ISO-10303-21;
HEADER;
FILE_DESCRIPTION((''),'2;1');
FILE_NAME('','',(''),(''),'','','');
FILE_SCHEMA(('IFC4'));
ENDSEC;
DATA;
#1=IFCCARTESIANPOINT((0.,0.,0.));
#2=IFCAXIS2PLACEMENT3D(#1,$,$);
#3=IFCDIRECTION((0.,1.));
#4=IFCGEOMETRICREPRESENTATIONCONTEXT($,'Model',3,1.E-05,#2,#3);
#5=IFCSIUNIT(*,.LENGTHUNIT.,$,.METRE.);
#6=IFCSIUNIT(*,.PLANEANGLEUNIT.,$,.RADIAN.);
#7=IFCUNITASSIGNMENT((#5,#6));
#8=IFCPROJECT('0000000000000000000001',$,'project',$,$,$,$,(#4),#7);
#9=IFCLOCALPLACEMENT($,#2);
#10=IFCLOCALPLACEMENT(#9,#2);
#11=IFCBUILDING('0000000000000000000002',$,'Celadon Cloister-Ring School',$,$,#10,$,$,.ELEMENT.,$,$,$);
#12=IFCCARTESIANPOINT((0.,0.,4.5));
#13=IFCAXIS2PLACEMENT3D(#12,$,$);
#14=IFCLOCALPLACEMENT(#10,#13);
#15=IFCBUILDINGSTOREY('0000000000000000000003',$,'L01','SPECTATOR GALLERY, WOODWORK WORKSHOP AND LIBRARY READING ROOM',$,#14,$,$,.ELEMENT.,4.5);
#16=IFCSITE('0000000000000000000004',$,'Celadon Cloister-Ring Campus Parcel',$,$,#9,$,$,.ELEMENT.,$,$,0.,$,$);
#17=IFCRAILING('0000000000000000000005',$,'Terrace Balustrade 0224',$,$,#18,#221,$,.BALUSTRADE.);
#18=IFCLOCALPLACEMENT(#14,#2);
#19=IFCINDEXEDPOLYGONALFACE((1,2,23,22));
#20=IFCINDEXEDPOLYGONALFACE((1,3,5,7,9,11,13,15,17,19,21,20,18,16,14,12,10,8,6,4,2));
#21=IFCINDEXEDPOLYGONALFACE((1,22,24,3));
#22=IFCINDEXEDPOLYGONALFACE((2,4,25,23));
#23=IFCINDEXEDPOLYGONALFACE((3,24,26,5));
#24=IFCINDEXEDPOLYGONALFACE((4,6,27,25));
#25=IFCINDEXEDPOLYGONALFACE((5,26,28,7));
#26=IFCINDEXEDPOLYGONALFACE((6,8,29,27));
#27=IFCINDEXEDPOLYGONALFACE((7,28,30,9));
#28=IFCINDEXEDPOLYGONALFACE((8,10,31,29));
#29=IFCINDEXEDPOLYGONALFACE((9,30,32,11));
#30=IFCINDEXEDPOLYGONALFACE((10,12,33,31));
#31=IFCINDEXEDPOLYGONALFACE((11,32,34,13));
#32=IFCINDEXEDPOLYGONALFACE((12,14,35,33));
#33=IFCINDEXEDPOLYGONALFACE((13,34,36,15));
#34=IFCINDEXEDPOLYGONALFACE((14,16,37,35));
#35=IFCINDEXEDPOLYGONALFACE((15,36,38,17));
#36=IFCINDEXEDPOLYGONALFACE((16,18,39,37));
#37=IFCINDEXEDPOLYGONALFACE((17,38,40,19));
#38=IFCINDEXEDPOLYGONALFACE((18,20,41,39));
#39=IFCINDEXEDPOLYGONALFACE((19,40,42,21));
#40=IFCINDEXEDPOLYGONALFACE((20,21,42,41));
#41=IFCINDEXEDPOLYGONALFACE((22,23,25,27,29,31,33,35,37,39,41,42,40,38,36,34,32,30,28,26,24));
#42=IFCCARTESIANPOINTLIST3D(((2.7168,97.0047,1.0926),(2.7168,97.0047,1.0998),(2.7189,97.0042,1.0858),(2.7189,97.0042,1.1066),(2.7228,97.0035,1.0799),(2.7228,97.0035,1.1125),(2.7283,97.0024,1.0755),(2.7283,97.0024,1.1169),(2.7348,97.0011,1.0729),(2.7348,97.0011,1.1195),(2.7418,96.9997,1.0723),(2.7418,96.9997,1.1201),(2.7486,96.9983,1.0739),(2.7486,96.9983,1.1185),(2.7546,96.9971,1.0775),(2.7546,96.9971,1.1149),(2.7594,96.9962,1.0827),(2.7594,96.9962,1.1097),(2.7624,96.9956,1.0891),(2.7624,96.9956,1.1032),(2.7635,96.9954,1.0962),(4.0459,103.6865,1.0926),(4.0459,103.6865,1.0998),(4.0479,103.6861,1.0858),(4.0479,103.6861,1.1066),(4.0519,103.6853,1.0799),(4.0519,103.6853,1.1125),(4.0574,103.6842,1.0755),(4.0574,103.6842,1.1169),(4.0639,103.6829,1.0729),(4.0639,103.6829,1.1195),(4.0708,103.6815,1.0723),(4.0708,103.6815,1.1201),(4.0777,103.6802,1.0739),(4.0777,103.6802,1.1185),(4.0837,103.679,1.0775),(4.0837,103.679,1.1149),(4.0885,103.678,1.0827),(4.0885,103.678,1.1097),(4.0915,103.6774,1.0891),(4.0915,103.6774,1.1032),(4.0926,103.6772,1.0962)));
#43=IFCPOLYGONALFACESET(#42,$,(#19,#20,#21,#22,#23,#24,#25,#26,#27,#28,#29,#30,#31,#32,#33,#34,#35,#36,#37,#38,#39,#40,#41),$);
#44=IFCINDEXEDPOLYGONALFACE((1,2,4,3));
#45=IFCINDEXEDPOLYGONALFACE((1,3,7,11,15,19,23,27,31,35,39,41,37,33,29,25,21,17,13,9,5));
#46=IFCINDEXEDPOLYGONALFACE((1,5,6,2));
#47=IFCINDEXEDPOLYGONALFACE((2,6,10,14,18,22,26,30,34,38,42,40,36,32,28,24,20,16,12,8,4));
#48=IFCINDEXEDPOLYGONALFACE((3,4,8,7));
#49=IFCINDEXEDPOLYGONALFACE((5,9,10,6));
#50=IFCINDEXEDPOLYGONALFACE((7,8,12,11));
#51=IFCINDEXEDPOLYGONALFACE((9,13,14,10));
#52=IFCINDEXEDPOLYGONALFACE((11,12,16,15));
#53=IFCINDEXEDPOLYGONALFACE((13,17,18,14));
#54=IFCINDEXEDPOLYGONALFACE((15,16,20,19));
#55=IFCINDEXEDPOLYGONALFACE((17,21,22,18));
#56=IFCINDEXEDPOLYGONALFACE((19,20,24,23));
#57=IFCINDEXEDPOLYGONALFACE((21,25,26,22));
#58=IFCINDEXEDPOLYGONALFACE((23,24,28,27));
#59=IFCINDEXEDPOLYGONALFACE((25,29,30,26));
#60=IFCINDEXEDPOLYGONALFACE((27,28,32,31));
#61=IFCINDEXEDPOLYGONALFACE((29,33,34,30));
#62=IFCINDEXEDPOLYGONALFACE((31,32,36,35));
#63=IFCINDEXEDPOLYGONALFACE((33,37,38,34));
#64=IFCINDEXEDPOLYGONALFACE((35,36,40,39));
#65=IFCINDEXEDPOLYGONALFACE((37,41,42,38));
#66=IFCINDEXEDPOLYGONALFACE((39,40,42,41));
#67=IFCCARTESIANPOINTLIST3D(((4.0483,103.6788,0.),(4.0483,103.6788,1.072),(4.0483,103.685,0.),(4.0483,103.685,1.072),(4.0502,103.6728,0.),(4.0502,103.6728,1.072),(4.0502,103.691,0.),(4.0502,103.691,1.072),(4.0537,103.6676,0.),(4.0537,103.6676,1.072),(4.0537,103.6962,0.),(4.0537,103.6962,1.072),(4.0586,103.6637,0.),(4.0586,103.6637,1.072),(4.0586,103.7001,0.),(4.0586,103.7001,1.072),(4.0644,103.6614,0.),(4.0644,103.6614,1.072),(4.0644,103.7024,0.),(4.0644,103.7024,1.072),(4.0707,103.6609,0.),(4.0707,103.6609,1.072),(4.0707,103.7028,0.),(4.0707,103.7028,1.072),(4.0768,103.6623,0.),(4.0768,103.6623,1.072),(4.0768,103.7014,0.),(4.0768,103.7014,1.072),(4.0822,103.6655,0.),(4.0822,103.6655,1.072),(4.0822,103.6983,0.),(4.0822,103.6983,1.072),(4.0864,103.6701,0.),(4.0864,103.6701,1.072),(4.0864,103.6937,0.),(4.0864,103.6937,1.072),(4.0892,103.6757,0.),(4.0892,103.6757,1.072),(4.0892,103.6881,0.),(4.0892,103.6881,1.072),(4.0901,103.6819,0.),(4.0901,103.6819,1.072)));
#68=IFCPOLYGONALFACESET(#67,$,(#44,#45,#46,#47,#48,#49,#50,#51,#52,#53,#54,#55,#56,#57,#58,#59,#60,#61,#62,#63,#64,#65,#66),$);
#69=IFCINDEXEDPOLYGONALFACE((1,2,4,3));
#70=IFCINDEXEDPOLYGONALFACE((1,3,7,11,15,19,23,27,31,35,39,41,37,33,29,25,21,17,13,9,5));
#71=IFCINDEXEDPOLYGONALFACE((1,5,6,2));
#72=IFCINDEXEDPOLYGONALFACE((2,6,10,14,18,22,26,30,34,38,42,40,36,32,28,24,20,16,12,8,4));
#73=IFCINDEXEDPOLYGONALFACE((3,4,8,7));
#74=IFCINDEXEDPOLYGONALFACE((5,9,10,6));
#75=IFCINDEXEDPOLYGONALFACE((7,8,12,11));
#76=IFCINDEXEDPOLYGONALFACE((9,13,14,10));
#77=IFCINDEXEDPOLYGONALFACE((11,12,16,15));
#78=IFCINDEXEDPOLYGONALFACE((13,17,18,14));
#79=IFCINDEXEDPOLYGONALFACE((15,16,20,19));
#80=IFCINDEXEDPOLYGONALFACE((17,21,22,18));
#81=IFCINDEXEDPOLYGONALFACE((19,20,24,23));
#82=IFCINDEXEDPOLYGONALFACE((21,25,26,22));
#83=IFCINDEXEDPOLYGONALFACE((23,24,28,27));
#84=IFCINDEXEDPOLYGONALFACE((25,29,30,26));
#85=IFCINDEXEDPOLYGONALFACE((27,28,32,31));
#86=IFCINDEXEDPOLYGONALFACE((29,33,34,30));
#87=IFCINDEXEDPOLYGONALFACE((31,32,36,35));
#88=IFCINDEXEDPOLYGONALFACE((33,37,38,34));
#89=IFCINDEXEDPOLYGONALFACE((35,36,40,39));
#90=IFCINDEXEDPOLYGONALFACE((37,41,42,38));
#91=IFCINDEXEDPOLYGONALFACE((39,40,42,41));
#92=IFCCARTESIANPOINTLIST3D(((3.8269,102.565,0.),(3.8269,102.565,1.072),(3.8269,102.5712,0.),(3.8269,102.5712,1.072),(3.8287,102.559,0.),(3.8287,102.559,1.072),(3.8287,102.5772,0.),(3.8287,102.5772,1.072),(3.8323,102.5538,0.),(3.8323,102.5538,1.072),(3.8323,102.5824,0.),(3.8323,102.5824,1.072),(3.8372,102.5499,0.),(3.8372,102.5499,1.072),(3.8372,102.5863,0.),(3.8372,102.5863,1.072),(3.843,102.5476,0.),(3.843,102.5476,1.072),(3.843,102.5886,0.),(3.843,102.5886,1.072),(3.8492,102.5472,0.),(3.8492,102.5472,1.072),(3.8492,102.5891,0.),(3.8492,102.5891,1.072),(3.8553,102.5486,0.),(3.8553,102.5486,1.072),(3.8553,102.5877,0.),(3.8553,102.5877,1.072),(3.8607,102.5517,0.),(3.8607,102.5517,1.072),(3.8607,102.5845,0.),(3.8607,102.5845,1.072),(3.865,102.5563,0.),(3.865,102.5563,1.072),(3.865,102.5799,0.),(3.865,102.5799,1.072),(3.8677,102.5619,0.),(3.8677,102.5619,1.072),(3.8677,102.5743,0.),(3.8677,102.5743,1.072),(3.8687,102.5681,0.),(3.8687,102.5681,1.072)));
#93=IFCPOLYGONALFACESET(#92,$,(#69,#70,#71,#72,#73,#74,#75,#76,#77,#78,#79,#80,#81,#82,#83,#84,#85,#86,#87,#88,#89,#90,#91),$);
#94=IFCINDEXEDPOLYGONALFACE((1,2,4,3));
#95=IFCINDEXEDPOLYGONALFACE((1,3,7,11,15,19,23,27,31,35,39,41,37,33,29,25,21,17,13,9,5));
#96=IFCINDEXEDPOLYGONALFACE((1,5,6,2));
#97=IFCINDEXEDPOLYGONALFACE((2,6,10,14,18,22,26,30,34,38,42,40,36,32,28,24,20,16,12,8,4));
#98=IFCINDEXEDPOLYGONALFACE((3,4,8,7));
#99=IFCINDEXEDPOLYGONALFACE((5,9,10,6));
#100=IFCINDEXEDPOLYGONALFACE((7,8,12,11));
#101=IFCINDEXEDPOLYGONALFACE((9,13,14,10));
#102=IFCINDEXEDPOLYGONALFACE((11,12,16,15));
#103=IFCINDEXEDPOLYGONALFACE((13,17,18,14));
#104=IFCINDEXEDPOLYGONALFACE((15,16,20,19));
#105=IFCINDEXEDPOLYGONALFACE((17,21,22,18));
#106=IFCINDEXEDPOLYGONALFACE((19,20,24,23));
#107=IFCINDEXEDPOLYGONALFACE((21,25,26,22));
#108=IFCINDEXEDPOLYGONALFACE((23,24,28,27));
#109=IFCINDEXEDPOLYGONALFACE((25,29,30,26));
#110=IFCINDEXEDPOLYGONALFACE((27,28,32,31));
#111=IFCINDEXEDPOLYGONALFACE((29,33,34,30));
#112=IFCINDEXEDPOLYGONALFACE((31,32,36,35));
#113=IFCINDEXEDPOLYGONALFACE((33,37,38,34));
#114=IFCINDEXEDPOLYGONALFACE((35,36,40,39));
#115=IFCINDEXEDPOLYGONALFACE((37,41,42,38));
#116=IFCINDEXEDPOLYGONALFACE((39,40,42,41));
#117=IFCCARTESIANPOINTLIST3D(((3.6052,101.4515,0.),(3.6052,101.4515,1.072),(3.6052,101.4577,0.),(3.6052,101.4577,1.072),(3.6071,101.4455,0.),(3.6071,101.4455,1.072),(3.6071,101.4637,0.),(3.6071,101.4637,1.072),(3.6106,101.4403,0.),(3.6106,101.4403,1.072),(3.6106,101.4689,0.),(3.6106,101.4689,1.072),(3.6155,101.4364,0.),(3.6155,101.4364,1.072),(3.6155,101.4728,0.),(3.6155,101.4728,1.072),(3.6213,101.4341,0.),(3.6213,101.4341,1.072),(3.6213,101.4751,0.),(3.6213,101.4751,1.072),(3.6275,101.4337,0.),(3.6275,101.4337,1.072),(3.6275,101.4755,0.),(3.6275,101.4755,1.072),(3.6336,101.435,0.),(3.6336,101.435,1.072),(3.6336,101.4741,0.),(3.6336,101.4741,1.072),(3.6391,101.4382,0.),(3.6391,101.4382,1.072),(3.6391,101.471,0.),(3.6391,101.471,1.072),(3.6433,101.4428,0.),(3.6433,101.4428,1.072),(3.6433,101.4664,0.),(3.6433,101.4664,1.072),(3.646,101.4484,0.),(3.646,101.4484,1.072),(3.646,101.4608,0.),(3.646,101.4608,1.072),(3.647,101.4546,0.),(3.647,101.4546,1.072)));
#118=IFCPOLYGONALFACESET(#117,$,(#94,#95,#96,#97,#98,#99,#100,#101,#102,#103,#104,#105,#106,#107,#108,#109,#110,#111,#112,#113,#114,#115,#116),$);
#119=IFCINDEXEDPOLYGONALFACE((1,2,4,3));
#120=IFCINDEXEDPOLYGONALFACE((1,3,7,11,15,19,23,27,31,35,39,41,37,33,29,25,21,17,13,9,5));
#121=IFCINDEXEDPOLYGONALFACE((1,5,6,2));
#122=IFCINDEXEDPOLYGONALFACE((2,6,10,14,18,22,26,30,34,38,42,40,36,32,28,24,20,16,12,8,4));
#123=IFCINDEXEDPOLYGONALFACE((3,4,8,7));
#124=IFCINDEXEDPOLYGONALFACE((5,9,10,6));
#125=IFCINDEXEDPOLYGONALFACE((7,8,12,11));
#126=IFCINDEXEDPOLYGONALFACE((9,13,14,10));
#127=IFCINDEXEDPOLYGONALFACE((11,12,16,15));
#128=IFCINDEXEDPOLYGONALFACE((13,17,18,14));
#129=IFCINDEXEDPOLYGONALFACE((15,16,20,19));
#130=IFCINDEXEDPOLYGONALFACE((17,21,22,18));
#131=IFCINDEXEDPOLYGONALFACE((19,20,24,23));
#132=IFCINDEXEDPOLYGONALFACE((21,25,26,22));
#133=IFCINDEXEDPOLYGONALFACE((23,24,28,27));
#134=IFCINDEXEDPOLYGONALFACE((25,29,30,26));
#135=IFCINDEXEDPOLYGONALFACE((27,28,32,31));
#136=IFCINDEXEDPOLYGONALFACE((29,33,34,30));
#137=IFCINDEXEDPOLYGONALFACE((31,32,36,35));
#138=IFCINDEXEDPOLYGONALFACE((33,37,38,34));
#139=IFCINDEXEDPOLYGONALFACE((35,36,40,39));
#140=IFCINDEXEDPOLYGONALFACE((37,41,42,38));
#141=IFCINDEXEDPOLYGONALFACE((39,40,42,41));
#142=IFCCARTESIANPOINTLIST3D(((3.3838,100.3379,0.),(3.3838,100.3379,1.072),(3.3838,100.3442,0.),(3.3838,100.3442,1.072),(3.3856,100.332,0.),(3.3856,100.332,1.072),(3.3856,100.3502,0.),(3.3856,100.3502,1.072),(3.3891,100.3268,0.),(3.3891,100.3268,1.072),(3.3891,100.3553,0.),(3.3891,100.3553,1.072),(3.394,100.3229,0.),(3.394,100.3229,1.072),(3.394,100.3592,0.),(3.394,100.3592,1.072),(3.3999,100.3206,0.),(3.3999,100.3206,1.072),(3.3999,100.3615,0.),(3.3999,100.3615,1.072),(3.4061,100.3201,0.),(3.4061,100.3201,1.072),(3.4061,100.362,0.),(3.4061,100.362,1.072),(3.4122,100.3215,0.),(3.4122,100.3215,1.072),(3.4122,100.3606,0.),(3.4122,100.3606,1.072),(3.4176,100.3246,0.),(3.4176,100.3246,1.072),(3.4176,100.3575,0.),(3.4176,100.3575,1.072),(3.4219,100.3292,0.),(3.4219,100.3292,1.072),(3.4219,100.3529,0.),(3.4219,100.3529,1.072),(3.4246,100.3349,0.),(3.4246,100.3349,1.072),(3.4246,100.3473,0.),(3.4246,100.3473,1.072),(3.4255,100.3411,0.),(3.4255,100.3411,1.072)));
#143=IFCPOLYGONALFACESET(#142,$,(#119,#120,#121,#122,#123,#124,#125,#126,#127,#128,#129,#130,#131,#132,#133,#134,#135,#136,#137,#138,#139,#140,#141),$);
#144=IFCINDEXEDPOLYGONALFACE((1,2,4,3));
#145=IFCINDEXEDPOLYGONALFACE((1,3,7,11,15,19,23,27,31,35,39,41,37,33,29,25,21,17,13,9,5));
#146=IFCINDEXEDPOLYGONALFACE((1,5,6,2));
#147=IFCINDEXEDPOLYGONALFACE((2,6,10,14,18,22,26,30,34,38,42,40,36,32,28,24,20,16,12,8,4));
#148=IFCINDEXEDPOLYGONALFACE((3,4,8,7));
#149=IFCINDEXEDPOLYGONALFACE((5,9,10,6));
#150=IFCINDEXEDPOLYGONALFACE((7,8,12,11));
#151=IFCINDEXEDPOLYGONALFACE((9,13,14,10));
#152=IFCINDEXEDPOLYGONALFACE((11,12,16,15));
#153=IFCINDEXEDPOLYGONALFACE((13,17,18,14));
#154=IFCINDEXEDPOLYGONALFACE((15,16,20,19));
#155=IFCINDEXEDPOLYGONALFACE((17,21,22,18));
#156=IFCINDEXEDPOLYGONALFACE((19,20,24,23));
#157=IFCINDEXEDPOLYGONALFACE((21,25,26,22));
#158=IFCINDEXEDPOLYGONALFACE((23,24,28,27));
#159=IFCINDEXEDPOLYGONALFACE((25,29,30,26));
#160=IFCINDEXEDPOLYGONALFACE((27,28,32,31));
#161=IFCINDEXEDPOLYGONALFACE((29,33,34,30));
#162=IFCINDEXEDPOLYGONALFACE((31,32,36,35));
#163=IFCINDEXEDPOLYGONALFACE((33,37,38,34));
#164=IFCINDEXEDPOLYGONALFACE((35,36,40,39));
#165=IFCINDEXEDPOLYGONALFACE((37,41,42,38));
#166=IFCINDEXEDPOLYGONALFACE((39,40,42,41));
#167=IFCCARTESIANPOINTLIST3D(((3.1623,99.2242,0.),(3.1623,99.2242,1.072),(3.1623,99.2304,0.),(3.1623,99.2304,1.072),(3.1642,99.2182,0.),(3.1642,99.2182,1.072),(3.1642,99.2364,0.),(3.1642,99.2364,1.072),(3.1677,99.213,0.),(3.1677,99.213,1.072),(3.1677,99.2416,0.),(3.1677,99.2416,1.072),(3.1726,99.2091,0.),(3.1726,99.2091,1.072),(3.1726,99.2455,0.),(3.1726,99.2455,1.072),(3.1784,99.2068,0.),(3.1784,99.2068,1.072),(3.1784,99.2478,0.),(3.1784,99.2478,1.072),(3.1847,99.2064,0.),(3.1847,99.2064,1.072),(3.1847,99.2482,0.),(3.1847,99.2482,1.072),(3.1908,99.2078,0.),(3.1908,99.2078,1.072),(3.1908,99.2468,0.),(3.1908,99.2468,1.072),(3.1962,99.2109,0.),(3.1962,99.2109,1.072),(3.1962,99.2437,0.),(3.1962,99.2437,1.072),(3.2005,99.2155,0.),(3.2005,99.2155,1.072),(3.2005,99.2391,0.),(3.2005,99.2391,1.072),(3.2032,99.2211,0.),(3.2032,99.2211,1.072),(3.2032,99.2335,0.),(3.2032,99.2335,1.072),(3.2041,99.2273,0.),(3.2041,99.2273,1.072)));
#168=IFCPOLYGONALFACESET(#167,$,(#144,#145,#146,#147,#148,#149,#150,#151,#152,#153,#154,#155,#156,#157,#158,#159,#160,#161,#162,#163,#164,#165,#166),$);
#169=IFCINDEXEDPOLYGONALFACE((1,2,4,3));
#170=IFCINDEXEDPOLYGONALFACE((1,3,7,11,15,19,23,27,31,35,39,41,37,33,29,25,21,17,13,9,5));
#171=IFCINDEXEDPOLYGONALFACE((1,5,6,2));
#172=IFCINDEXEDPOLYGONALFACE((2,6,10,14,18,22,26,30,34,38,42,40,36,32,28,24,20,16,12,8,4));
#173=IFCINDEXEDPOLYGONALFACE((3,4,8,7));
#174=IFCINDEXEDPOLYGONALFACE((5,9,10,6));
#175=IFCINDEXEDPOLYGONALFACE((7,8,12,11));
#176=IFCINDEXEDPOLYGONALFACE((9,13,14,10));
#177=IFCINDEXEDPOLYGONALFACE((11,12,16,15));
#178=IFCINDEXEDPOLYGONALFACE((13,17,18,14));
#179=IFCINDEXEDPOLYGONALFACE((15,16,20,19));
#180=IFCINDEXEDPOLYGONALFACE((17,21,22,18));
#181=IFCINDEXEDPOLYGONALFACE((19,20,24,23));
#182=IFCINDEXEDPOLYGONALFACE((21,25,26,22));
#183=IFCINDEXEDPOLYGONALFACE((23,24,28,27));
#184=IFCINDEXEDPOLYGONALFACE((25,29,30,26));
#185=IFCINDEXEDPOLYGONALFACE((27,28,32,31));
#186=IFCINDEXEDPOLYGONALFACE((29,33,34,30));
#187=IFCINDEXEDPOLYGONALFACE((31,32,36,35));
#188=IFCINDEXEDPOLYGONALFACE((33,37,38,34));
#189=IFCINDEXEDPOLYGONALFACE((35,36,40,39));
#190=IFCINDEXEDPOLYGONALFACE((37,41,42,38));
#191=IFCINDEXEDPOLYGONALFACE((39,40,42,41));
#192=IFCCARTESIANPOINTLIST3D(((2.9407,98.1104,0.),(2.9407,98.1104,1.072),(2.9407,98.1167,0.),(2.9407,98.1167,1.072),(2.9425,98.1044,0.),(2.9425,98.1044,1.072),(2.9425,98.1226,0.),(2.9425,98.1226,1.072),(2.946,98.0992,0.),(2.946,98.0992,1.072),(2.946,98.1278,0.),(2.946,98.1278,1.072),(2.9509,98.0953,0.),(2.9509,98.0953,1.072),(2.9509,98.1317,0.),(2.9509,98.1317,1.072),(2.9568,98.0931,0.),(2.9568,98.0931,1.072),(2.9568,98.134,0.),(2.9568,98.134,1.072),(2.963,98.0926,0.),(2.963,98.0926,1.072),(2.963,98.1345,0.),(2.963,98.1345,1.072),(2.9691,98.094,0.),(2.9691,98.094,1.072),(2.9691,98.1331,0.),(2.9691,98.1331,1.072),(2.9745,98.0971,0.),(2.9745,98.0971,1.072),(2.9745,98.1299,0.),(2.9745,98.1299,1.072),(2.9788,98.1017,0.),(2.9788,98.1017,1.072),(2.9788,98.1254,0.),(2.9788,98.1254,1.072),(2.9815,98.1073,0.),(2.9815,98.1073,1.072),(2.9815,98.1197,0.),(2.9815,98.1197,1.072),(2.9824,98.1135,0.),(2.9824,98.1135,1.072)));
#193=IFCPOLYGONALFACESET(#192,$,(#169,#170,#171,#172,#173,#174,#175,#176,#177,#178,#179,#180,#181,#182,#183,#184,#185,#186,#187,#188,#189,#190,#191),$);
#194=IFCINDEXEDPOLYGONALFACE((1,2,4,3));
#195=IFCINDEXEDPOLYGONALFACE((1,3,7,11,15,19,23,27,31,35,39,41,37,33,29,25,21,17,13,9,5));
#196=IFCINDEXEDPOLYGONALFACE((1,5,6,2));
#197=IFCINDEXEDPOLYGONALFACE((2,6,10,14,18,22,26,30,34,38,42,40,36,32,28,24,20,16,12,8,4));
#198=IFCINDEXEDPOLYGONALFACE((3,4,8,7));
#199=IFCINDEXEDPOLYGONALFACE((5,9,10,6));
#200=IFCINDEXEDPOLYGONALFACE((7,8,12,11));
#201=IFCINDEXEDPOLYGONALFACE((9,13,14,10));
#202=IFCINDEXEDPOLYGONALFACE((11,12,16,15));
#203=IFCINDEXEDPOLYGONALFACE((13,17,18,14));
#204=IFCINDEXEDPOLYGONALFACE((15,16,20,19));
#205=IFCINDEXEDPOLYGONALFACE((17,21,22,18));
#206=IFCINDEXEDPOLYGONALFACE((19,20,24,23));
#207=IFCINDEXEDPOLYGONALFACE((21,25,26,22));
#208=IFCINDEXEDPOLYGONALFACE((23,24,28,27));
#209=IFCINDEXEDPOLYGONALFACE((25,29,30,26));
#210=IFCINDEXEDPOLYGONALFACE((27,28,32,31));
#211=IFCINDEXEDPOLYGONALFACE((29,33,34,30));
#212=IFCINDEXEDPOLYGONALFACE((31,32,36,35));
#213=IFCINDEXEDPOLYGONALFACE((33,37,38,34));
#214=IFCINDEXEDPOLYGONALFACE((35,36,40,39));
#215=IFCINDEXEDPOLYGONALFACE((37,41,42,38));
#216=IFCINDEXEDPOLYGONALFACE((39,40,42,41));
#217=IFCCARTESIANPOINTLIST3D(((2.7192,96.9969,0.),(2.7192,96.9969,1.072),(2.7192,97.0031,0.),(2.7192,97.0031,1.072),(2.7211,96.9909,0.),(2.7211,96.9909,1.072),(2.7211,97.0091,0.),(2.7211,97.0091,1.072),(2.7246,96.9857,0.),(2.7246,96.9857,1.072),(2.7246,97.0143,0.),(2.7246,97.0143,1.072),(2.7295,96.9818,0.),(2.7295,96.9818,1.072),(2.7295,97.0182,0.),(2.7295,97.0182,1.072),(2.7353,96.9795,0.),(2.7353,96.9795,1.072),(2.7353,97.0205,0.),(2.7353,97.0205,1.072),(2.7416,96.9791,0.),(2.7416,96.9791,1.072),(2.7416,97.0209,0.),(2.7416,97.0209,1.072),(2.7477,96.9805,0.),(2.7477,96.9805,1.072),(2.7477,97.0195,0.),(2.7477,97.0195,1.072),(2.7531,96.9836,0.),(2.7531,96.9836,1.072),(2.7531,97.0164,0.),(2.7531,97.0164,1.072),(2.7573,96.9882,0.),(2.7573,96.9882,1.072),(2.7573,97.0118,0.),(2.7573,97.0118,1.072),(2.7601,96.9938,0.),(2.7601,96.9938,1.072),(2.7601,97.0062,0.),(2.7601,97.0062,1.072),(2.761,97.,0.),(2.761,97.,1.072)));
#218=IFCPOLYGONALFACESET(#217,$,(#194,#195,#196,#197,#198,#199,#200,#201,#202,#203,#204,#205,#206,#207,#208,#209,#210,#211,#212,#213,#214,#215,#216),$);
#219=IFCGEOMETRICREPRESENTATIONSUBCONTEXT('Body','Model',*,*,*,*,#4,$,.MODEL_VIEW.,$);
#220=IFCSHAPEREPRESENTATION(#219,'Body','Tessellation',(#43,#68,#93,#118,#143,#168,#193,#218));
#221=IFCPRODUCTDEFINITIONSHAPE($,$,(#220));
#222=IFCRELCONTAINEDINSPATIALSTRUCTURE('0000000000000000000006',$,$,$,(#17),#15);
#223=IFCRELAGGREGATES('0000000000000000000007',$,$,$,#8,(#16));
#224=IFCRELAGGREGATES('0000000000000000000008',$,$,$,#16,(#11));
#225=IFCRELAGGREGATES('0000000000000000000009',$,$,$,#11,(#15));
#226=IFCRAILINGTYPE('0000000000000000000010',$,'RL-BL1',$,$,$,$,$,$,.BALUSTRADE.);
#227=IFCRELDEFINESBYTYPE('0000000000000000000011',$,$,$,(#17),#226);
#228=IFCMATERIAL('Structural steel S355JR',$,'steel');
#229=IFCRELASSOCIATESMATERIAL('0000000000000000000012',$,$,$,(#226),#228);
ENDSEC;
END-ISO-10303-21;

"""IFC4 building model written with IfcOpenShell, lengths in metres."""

from ifc_helpers import new_model, si_unit, direction, frame, origin, origin_2d, place, context, subcontext, project, spatial, circle, extrude, material, type_object, element, save


model = new_model("IFC4")

# Units and contexts
model_context = context("Model", 3, precision=1e-05, world=origin(), true_north=direction((0.0, 1.0)))
body_context = subcontext(model_context, "Body", "Model", "MODEL_VIEW")
ifc_project = project(units=[si_unit("LENGTHUNIT", "METRE"), si_unit("PLANEANGLEUNIT", "RADIAN")], contexts=[model_context])

# Site, building, storey
site_placement = place(None, origin())
site = spatial("IfcSite", under=ifc_project, at=site_placement, Name="Celadon Cloister-Ring Campus Parcel", CompositionType="ELEMENT", RefElevation=0.0)
building_placement = place(site_placement, origin())
building = spatial("IfcBuilding", under=site, at=building_placement, Name="Celadon Cloister-Ring School", CompositionType="ELEMENT")
storey_placement = place(building_placement, frame((0.0, 0.0, 4.5)))
storey = spatial("IfcBuildingStorey", under=building, at=storey_placement, Name="L01", Description="SPECTATOR GALLERY, WOODWORK WORKSHOP AND LIBRARY READING ROOM", CompositionType="ELEMENT", Elevation=4.5)

# Railing
ifc_material_1 = material(Name="Structural steel S355JR", Category="steel")
railing_type = type_object("IfcRailingType", Name="RL-BL1", PredefinedType="BALUSTRADE", material=ifc_material_1)
railing_1_placement = place(storey_placement, frame((4.0691, 103.6819, 0.0)))
element("IfcRailing", 1, at=railing_1_placement, inside=storey, type_object=railing_type, Name="Terrace Balustrade 0224", PredefinedType="BALUSTRADE", context=body_context, shape_type="SweptSolid", body=[
    extrude(circle(Radius=0.0239, at=origin_2d()), frame((0.0, 0.0, 1.0962), z_axis=(-0.195089, -0.980786, 0.0), x_axis=(0.980786, -0.195089, 0.0)), (0.0, 0.0, 1.0), 6.8127),
    extrude(circle(Radius=0.021, at=origin_2d()), origin(), (0.0, 0.0, 1.0), 1.072),
    extrude(circle(Radius=0.021, at=origin_2d()), frame((-0.2214, -1.1138, 0.0)), (0.0, 0.0, 1.0), 1.072),
    extrude(circle(Radius=0.021, at=origin_2d()), frame((-0.4431, -2.2273, 0.0)), (0.0, 0.0, 1.0), 1.072),
    extrude(circle(Radius=0.021, at=origin_2d()), frame((-0.6646, -3.3408, 0.0)), (0.0, 0.0, 1.0), 1.072),
    extrude(circle(Radius=0.021, at=origin_2d()), frame((-0.886, -4.4546, 0.0)), (0.0, 0.0, 1.0), 1.072),
    extrude(circle(Radius=0.021, at=origin_2d()), frame((-1.1077, -5.5684, 0.0)), (0.0, 0.0, 1.0), 1.072),
    extrude(circle(Radius=0.021, at=origin_2d()), frame((-1.3291, -6.6819, 0.0)), (0.0, 0.0, 1.0), 1.072),
])

save(model, "model.ifc")
